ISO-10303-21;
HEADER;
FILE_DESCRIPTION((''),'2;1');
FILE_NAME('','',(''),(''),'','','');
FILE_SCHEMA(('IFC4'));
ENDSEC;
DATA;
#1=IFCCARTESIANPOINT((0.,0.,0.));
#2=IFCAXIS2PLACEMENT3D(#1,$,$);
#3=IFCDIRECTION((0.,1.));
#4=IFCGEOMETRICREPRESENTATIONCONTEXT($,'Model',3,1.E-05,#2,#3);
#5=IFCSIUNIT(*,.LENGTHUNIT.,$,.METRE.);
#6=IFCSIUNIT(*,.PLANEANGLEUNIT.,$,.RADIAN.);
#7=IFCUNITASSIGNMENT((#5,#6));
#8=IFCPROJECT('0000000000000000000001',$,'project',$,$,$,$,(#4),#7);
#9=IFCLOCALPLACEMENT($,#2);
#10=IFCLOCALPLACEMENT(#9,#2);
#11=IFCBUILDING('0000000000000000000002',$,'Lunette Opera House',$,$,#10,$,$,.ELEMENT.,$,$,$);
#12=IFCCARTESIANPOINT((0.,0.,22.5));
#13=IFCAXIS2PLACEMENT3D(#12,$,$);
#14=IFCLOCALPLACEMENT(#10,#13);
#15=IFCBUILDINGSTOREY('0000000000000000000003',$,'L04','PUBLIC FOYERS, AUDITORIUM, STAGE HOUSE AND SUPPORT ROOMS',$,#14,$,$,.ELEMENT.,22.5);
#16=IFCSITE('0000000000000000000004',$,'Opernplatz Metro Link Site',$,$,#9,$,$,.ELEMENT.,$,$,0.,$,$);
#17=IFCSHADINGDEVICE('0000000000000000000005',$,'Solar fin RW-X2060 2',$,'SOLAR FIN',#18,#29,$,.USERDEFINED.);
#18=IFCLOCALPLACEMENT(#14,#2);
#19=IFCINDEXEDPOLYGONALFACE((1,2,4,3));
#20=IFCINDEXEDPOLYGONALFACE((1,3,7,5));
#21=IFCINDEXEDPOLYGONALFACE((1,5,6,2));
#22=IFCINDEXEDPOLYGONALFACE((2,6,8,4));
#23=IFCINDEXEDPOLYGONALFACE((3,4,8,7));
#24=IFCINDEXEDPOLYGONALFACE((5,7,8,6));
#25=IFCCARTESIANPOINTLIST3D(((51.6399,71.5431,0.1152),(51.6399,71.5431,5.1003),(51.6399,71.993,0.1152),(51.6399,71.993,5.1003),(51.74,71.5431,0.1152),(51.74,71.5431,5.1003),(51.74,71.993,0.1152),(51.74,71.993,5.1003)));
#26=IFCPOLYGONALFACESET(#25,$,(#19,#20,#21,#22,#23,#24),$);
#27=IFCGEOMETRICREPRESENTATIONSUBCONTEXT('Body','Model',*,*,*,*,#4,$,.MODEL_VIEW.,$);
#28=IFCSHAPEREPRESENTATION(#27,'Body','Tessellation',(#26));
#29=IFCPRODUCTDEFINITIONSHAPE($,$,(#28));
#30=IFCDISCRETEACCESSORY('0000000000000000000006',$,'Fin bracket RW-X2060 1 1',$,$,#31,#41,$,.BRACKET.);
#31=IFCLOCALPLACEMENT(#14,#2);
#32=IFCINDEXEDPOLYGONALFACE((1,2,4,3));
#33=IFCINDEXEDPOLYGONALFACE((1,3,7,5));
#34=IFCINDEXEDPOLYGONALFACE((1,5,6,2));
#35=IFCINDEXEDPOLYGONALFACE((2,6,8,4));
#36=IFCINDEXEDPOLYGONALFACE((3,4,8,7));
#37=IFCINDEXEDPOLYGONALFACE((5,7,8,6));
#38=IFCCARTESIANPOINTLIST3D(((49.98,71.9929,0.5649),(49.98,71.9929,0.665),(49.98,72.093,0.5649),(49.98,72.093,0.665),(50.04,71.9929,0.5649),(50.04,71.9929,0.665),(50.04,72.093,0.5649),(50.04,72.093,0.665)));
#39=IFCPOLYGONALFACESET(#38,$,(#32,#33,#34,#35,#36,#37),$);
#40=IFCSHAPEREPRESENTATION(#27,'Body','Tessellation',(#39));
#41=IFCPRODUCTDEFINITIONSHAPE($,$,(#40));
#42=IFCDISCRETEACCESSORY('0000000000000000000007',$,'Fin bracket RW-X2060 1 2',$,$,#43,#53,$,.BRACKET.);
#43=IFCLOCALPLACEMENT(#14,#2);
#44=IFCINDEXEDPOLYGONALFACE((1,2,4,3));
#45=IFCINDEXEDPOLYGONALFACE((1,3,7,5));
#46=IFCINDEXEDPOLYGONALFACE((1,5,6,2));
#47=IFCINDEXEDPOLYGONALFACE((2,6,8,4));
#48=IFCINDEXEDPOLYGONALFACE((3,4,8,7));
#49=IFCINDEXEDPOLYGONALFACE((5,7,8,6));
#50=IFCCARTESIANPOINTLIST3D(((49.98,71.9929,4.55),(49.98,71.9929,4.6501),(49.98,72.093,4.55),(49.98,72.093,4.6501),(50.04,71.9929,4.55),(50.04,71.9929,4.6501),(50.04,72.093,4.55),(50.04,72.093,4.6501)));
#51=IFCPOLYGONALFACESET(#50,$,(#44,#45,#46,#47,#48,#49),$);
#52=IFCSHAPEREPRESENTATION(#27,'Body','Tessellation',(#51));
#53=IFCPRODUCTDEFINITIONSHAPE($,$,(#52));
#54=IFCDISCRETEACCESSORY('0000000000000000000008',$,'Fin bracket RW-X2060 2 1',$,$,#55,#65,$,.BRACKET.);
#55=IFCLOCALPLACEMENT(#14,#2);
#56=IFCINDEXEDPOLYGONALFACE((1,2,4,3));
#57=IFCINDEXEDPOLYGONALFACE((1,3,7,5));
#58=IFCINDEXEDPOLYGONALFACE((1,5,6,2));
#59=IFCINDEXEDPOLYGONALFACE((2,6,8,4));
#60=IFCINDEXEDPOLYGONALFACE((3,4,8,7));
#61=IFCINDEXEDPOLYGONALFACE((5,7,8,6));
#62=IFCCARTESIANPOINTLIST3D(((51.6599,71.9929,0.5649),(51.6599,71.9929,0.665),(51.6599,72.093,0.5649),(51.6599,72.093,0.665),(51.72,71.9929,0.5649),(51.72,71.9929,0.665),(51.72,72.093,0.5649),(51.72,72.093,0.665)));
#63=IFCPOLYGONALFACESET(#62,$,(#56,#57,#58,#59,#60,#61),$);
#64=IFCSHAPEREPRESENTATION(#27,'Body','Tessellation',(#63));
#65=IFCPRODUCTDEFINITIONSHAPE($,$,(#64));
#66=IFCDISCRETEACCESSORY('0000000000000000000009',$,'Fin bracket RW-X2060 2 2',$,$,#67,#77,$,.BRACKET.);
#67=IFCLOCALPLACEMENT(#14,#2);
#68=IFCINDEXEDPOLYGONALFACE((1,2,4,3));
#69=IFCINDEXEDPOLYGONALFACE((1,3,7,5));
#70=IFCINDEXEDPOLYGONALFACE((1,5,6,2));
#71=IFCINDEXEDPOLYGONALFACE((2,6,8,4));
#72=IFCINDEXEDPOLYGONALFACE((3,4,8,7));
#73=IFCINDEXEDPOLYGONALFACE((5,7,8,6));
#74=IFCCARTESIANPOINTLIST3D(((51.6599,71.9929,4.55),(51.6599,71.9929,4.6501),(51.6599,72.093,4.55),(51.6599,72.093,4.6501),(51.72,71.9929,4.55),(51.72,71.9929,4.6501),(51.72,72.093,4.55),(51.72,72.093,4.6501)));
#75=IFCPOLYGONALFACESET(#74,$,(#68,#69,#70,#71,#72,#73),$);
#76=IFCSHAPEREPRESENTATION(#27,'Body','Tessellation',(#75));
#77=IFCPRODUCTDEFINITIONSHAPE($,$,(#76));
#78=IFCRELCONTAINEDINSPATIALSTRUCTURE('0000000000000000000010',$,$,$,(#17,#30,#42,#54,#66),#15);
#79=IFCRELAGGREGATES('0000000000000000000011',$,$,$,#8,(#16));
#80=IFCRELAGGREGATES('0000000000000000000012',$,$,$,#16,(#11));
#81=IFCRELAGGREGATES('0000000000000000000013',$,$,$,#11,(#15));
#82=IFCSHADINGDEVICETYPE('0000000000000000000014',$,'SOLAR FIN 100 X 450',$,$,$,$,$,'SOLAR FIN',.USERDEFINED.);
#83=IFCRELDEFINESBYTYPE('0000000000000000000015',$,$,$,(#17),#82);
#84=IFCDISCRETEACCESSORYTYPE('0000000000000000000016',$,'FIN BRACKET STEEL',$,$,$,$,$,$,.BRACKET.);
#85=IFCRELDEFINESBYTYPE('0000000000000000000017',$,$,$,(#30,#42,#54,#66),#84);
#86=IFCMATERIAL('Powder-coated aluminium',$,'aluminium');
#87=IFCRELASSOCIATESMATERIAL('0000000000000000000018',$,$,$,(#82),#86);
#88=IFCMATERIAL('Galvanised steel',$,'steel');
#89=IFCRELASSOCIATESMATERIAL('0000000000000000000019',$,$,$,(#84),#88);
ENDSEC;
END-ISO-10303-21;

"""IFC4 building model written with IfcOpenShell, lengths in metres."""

from ifc_helpers import new_model, si_unit, direction, frame, origin, origin_2d, place, context, subcontext, project, spatial, rectangle, extrude, material, type_object, element, save


model = new_model("IFC4")

# Units and contexts
model_context = context("Model", 3, precision=1e-05, world=origin(), true_north=direction((0.0, 1.0)))
body_context = subcontext(model_context, "Body", "Model", "MODEL_VIEW")
ifc_project = project(units=[si_unit("LENGTHUNIT", "METRE"), si_unit("PLANEANGLEUNIT", "RADIAN")], contexts=[model_context])

# Site, building, storey
site_placement = place(None, origin())
site = spatial("IfcSite", under=ifc_project, at=site_placement, Name="Opernplatz Metro Link Site", CompositionType="ELEMENT", RefElevation=0.0)
building_placement = place(site_placement, origin())
building = spatial("IfcBuilding", under=site, at=building_placement, Name="Lunette Opera House", CompositionType="ELEMENT")
storey_placement = place(building_placement, frame((0.0, 0.0, 22.5)))
storey = spatial("IfcBuildingStorey", under=building, at=storey_placement, Name="L04", Description="PUBLIC FOYERS, AUDITORIUM, STAGE HOUSE AND SUPPORT ROOMS", CompositionType="ELEMENT", Elevation=22.5)

# Shading device
ifc_material_1 = material(Name="Powder-coated aluminium", Category="aluminium")
shading_device_type = type_object("IfcShadingDeviceType", Name="SOLAR FIN 100 X 450", ElementType="SOLAR FIN", PredefinedType="USERDEFINED", material=ifc_material_1)
for number, where, z_axis, x_axis, name in (
    (1, (51.6899, 71.7681, 0.1152), (0.0, 0.0, 1.0), (0.0, -1.0, 0.0), "Solar fin RW-X2060 2"),
):
    element("IfcShadingDevice", number, at=place(storey_placement, frame(where, z_axis=z_axis, x_axis=x_axis)), inside=storey, type_object=shading_device_type, Name=name, ObjectType="SOLAR FIN", PredefinedType="USERDEFINED", context=body_context, shape_type="SweptSolid", body=[
        extrude(rectangle(XDim=0.45, YDim=0.1001, at=origin_2d()), origin(), (0.0, 0.0, 1.0), 4.9851),
    ])

# Discrete accessories
ifc_material_2 = material(Name="Galvanised steel", Category="steel")
discrete_accessory_type = type_object("IfcDiscreteAccessoryType", Name="FIN BRACKET STEEL", PredefinedType="BRACKET", material=ifc_material_2)
for number, where, z_axis, x_axis, name in (
    (2, (50.01, 72.043, 0.5649), (0.0, 0.0, 1.0), (0.0, -1.0, 0.0), "Fin bracket RW-X2060 1 1"),
    (3, (50.01, 72.043, 4.55), (0.0, 0.0, 1.0), (0.0, -1.0, 0.0), "Fin bracket RW-X2060 1 2"),
    (4, (51.6899, 72.043, 0.5649), (0.0, 0.0, 1.0), (0.0, -1.0, 0.0), "Fin bracket RW-X2060 2 1"),
    (5, (51.6899, 72.043, 4.55), (0.0, 0.0, 1.0), (0.0, -1.0, 0.0), "Fin bracket RW-X2060 2 2"),
):
    element("IfcDiscreteAccessory", number, at=place(storey_placement, frame(where, z_axis=z_axis, x_axis=x_axis)), inside=storey, type_object=discrete_accessory_type, Name=name, PredefinedType="BRACKET", context=body_context, shape_type="SweptSolid", body=[
        extrude(rectangle(XDim=0.1001, YDim=0.0601, at=origin_2d()), origin(), (0.0, 0.0, 1.0), 0.1001),
    ])

save(model, "model.ifc")
